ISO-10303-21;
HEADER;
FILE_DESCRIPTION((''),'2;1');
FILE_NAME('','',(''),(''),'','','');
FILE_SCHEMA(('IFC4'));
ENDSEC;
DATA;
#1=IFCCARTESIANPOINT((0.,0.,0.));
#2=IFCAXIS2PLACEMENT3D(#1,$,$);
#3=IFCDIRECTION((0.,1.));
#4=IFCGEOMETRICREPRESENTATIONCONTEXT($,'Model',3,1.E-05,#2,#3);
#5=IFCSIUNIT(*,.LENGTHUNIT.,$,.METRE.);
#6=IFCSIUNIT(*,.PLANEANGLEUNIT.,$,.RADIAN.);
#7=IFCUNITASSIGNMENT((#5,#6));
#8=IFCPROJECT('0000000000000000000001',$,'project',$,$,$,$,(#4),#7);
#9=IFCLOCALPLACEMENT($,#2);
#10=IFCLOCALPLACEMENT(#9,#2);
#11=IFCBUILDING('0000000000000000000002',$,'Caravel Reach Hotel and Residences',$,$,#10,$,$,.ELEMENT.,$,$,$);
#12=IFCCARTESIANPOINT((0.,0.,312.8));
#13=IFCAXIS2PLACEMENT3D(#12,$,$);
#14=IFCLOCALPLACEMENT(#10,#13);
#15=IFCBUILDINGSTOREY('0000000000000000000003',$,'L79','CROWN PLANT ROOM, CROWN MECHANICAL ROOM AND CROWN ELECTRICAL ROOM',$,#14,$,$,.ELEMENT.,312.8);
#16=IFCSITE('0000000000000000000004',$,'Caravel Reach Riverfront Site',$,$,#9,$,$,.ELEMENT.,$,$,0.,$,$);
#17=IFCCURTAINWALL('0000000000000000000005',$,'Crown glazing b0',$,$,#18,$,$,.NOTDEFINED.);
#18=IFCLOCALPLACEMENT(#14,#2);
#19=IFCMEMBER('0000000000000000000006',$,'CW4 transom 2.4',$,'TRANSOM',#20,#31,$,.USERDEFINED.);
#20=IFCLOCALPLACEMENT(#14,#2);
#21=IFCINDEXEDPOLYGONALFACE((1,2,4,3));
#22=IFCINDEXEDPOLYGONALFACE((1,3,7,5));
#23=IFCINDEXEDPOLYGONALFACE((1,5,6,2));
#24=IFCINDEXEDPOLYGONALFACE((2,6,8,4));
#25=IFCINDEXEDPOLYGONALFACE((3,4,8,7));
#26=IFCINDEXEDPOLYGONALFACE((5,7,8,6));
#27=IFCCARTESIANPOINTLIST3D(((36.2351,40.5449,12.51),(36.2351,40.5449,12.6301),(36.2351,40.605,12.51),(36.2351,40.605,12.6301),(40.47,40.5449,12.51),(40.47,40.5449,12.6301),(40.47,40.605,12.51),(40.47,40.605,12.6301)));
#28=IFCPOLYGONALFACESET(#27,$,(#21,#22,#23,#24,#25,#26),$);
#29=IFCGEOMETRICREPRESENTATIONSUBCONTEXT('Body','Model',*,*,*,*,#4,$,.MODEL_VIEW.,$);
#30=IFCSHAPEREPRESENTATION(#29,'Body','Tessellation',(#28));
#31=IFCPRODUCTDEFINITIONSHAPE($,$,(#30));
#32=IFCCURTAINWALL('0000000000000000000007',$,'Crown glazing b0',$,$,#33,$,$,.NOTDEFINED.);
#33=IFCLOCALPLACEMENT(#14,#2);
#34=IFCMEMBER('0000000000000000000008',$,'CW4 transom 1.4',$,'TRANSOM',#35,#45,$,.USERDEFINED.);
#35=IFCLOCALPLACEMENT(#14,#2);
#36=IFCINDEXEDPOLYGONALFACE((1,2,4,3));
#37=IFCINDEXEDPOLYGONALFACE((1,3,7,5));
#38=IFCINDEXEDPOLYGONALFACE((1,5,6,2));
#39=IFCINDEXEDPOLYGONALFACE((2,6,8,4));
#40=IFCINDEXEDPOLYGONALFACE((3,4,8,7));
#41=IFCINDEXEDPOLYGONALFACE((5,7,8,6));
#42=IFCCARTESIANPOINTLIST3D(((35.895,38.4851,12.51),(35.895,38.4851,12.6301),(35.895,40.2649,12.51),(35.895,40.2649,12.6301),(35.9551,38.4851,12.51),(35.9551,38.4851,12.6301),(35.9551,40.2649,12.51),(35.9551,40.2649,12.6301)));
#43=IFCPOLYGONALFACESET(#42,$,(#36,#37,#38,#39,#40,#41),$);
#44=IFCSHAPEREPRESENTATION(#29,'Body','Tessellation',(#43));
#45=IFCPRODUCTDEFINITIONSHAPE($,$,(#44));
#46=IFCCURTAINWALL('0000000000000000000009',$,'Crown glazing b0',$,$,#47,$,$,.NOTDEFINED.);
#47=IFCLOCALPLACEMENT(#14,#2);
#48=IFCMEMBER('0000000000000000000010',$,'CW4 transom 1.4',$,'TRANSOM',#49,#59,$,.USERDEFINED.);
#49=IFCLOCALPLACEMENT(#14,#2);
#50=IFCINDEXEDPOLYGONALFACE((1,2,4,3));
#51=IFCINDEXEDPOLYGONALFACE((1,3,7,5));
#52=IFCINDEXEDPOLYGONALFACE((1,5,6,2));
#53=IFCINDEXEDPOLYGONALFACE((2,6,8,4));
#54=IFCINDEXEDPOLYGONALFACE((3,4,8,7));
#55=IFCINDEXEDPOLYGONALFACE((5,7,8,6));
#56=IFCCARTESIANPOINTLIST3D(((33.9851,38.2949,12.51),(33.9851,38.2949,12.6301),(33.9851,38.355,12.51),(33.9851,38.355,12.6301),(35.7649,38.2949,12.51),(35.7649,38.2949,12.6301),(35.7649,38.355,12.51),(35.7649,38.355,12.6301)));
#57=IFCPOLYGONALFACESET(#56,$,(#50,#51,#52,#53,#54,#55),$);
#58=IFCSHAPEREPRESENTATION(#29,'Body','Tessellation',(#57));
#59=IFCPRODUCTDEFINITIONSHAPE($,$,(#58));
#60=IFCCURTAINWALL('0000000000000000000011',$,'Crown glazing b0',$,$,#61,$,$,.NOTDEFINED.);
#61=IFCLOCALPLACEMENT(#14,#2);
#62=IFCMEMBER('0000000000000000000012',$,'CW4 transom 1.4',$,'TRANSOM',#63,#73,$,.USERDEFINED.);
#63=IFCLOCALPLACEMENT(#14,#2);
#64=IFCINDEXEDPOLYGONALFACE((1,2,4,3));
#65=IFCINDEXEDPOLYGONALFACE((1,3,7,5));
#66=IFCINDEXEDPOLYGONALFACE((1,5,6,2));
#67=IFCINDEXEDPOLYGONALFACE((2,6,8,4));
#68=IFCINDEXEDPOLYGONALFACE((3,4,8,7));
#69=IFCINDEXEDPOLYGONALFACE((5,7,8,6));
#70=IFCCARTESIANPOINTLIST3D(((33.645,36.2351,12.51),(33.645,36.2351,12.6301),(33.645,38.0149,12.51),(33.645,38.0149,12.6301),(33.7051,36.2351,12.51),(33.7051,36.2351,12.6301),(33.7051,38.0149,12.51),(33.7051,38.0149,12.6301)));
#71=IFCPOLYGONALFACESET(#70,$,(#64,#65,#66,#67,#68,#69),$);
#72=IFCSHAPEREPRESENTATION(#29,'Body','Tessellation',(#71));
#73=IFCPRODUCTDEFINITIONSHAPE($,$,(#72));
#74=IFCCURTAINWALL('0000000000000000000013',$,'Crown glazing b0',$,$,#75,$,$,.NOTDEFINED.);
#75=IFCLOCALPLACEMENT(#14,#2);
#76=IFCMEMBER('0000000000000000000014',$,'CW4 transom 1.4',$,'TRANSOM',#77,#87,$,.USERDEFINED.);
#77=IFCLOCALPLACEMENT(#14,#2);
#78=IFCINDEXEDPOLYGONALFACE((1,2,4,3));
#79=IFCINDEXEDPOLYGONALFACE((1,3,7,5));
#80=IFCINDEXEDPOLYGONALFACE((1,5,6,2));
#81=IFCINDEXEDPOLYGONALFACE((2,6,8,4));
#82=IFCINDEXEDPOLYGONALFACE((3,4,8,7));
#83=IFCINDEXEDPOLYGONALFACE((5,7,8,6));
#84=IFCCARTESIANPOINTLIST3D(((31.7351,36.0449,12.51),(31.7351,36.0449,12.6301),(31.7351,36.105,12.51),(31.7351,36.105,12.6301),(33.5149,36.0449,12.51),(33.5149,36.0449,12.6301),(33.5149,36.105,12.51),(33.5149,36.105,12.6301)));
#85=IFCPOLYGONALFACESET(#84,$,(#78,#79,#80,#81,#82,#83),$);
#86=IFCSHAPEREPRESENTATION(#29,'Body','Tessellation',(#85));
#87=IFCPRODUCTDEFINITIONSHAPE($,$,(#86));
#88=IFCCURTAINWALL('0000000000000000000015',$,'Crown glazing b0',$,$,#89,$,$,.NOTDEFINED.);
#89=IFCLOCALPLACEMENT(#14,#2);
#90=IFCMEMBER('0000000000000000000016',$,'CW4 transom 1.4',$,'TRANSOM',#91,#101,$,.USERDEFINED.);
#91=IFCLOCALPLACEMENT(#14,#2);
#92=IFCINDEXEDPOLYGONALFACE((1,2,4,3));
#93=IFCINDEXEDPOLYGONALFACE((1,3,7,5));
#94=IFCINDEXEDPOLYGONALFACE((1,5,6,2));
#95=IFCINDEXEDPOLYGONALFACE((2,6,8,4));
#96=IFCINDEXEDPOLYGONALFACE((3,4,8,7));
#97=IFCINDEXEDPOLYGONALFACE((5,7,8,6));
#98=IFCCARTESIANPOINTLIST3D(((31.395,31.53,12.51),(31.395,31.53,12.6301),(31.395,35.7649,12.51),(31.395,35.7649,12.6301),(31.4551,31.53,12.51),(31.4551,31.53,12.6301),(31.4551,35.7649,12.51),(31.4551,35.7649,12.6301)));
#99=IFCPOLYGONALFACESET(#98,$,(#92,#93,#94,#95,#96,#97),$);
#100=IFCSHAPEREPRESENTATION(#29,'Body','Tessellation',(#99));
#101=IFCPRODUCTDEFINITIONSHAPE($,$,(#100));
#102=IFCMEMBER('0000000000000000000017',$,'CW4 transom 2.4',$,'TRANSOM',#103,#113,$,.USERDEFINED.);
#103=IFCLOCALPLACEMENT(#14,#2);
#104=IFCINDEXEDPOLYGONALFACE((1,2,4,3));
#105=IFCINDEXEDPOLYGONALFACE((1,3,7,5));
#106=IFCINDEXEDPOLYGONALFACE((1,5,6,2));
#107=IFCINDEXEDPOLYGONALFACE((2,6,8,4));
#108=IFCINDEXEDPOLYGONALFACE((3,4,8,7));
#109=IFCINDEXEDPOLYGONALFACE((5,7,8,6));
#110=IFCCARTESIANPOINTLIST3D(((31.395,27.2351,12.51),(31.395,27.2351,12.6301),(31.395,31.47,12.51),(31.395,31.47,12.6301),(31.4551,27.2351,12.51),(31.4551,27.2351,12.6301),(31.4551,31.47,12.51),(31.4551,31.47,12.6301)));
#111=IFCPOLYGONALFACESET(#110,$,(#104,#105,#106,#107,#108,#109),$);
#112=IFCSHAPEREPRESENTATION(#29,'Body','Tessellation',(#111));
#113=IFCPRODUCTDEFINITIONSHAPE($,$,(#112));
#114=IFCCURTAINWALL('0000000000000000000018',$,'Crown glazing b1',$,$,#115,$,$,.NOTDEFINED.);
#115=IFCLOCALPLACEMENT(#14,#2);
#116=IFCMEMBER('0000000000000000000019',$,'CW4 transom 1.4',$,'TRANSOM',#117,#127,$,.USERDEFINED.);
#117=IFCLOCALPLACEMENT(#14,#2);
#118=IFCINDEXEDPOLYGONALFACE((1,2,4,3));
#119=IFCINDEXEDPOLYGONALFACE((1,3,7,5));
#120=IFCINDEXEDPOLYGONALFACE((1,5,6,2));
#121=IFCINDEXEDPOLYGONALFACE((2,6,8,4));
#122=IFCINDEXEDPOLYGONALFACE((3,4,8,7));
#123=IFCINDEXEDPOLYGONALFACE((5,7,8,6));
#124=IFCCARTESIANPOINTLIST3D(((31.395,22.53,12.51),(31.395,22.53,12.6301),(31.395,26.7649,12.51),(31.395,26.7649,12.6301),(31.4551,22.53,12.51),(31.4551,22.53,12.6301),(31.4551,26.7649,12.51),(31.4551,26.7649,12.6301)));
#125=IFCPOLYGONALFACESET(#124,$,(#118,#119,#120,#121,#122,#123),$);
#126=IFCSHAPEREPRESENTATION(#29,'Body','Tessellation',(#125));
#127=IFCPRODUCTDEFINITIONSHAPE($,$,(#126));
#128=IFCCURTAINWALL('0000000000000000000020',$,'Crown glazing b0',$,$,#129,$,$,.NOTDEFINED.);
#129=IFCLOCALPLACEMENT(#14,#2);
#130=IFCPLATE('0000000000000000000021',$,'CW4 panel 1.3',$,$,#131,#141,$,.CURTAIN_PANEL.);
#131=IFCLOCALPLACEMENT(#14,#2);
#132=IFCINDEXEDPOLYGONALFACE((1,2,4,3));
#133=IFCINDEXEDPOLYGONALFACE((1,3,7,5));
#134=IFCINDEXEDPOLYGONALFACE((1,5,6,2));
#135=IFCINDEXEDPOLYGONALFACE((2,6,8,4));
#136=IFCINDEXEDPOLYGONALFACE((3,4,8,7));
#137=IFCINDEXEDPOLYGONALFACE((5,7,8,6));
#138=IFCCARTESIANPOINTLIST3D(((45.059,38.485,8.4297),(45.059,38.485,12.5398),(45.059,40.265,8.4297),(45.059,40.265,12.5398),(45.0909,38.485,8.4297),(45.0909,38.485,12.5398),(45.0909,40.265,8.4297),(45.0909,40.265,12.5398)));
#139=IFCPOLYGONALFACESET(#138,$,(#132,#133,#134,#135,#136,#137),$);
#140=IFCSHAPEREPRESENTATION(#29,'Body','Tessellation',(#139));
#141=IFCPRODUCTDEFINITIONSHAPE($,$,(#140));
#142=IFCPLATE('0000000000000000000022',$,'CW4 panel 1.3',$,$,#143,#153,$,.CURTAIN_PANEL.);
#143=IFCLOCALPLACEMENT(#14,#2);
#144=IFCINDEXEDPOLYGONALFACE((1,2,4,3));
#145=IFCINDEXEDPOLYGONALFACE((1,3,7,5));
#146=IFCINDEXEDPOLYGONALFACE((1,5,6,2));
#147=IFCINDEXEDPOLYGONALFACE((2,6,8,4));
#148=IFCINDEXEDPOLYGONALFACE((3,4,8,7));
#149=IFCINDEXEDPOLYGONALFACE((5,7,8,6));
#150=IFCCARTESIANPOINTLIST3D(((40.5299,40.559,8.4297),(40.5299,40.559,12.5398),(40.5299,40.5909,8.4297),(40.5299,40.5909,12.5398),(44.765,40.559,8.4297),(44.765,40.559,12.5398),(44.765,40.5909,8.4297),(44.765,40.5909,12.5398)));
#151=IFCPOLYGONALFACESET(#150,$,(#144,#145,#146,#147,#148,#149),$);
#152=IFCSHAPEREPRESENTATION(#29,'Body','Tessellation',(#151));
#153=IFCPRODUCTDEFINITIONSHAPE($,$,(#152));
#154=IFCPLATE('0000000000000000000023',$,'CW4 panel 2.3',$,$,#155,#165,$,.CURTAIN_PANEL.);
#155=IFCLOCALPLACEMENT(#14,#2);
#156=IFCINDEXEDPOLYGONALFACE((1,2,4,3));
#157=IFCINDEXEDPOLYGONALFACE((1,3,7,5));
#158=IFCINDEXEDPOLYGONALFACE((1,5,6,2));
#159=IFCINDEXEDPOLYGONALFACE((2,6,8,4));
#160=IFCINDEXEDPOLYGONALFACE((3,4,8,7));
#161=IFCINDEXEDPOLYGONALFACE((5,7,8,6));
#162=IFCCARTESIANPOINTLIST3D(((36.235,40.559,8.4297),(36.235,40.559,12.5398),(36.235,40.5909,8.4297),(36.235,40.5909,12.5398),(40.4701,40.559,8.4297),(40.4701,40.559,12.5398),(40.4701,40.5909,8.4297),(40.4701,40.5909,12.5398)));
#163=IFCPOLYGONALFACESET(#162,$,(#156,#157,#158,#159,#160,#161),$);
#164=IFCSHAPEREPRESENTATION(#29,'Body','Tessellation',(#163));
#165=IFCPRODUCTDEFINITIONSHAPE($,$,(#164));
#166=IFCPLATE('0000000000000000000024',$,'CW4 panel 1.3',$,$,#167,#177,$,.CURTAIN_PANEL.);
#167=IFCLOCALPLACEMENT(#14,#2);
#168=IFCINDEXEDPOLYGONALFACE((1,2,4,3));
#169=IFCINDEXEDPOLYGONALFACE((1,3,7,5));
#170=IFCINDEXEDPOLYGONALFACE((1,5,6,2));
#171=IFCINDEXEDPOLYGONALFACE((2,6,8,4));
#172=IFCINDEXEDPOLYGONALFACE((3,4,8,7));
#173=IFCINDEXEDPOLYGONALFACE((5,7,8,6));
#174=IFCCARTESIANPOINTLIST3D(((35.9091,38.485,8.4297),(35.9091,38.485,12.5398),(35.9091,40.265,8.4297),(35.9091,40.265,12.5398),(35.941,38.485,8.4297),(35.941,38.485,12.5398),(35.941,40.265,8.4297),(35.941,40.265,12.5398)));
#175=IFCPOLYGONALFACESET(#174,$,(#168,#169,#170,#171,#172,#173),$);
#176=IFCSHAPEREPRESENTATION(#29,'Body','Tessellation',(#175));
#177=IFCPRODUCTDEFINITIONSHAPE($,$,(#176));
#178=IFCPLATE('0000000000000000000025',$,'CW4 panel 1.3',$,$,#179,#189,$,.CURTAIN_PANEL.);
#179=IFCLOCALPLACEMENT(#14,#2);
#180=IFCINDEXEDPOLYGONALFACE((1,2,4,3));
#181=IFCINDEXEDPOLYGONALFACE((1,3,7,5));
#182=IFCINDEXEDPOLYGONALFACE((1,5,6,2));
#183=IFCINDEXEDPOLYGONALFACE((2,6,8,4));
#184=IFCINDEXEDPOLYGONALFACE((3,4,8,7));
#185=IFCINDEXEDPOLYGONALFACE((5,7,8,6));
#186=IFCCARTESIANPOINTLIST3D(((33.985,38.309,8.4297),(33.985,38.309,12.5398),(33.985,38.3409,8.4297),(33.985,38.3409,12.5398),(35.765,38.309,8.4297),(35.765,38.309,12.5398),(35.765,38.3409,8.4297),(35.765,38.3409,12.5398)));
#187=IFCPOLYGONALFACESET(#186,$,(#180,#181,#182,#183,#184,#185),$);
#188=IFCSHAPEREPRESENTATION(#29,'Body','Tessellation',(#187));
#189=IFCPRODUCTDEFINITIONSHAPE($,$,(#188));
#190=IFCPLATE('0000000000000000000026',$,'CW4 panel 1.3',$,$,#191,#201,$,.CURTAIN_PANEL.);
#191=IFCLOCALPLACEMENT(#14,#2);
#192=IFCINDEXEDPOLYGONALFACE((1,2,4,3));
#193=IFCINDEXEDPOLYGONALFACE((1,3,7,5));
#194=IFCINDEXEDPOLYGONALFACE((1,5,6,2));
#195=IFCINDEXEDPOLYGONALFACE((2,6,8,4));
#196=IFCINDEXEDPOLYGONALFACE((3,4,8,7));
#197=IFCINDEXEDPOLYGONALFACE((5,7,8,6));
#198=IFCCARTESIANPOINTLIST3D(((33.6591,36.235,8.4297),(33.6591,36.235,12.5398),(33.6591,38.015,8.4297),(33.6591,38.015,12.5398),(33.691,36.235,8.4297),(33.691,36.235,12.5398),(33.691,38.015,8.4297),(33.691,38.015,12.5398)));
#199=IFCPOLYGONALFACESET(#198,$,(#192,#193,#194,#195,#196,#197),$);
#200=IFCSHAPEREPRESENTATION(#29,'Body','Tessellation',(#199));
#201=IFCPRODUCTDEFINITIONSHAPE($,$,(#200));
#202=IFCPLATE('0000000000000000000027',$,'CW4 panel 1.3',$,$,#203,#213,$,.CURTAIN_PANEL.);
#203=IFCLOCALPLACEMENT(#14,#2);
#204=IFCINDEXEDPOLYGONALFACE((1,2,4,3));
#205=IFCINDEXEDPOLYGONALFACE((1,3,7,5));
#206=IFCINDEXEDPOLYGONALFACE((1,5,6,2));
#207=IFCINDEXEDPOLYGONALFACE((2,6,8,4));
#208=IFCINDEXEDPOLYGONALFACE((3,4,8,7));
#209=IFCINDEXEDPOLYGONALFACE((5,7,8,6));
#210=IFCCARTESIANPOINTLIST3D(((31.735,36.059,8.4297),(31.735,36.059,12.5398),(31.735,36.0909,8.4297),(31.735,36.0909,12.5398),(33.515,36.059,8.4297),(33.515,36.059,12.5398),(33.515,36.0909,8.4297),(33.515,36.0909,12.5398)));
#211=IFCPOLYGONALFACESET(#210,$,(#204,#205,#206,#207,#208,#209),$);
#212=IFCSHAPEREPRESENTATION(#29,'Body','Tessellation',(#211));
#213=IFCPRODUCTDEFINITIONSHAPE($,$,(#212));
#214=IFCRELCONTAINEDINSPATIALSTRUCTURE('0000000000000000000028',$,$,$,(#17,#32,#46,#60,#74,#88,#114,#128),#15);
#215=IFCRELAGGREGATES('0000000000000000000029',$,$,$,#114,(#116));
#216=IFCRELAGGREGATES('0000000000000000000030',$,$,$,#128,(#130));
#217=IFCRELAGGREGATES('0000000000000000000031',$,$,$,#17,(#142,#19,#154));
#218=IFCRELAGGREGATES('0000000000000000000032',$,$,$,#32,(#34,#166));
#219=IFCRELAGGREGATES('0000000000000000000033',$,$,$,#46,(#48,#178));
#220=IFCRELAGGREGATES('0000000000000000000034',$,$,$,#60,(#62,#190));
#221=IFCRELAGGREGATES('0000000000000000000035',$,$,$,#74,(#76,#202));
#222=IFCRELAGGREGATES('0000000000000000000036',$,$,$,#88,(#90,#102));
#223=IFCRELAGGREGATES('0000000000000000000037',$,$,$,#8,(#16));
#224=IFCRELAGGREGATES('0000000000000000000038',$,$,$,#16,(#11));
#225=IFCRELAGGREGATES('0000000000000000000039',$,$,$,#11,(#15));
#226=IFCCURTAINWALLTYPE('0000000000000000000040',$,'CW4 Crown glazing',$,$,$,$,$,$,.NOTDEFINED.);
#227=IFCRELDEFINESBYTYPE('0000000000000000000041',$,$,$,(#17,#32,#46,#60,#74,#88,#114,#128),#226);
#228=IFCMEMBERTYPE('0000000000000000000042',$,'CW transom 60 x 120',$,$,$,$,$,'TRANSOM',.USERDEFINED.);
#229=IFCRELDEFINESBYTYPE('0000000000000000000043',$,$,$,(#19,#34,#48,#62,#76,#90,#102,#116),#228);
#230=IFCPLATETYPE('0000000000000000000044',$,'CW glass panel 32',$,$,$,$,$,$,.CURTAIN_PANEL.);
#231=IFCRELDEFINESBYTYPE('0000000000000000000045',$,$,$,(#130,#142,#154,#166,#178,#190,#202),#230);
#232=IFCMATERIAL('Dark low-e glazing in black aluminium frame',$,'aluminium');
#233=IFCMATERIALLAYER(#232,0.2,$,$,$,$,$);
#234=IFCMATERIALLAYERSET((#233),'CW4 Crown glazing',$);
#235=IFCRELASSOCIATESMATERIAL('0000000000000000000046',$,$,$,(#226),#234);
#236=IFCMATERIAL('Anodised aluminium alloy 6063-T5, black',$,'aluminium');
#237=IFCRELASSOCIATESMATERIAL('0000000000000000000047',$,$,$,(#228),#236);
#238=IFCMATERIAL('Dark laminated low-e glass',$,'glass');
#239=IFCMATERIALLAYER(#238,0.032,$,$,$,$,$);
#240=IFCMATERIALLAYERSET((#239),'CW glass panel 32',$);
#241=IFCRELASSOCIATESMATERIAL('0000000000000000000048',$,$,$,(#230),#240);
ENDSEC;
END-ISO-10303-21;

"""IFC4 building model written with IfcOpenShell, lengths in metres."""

from ifc_helpers import new_model, si_unit, direction, frame, origin, origin_2d, place, context, subcontext, project, spatial, rectangle, extrude, material, layer, layer_set, material_profile, profile_set, type_object, element, aggregate, save


model = new_model("IFC4")

# Units and contexts
model_context = context("Model", 3, precision=1e-05, world=origin(), true_north=direction((0.0, 1.0)))
body_context = subcontext(model_context, "Body", "Model", "MODEL_VIEW")
ifc_project = project(units=[si_unit("LENGTHUNIT", "METRE"), si_unit("PLANEANGLEUNIT", "RADIAN")], contexts=[model_context])

# Site, building, storey
site_placement = place(None, origin())
site = spatial("IfcSite", under=ifc_project, at=site_placement, Name="Caravel Reach Riverfront Site", CompositionType="ELEMENT", RefElevation=0.0)
building_placement = place(site_placement, origin())
building = spatial("IfcBuilding", under=site, at=building_placement, Name="Caravel Reach Hotel and Residences", CompositionType="ELEMENT")
storey_placement = place(building_placement, frame((0.0, 0.0, 312.8)))
storey = spatial("IfcBuildingStorey", under=building, at=storey_placement, Name="L79", Description="CROWN PLANT ROOM, CROWN MECHANICAL ROOM AND CROWN ELECTRICAL ROOM", CompositionType="ELEMENT", Elevation=312.8)

# Curtain wall, member
ifc_material_1 = material(Name="Dark low-e glazing in black aluminium frame", Category="aluminium")
ifc_layer_1 = layer(ifc_material_1, 0.2)
ifc_layer_set_1 = layer_set([ifc_layer_1], Name="CW4 Crown glazing")
curtain_wall_type = type_object("IfcCurtainWallType", Name="CW4 Crown glazing", PredefinedType="NOTDEFINED", material=ifc_layer_set_1)
curtain_wall_1_placement = place(storey_placement, origin())
curtain_wall_1 = element("IfcCurtainWall", 1, at=curtain_wall_1_placement, inside=storey, type_object=curtain_wall_type, Name="Crown glazing b0", PredefinedType="NOTDEFINED")
ifc_material_2 = material(Name="Anodised aluminium alloy 6063-T5, black", Category="aluminium")
ifc_material_profile_1 = material_profile(ifc_material_2, rectangle(XDim=0.0601, YDim=0.1201, at=origin_2d()), Name="CW transom 60 x 120")
ifc_profile_set_1 = profile_set([ifc_material_profile_1], Name="Anodised aluminium alloy 6063-T5, black")
member_type = type_object("IfcMemberType", Name="CW transom 60 x 120", ElementType="TRANSOM", PredefinedType="USERDEFINED", material=ifc_profile_set_1)
member_1_placement = place(storey_placement, frame((40.47, 40.575, 12.5701), z_axis=(-1.0, 0.0, 0.0), x_axis=(0.0, -1.0, 0.0)))
member_1 = element("IfcMember", 2, at=member_1_placement, type_object=member_type, Name="CW4 transom 2.4", ObjectType="TRANSOM", PredefinedType="USERDEFINED", context=body_context, shape_type="SweptSolid", body=[
    extrude(rectangle(XDim=0.0601, YDim=0.1201, at=origin_2d()), origin(), (0.0, 0.0, 1.0), 4.2349),
])

# Curtain walls, members
curtain_wall_2_placement = place(storey_placement, origin())
curtain_wall_2 = element("IfcCurtainWall", 3, at=curtain_wall_2_placement, inside=storey, type_object=curtain_wall_type, Name="Crown glazing b0", PredefinedType="NOTDEFINED")
member_2_placement = place(storey_placement, frame((35.925, 40.2649, 12.5701), z_axis=(0.0, -1.0, 0.0), x_axis=(1.0, 0.0, 0.0)))
member_2 = element("IfcMember", 4, at=member_2_placement, type_object=member_type, Name="CW4 transom 1.4", ObjectType="TRANSOM", PredefinedType="USERDEFINED", context=body_context, shape_type="SweptSolid", body=[
    extrude(rectangle(XDim=0.0601, YDim=0.1201, at=origin_2d()), origin(), (0.0, 0.0, 1.0), 1.7798),
])
curtain_wall_3_placement = place(storey_placement, origin())
curtain_wall_3 = element("IfcCurtainWall", 5, at=curtain_wall_3_placement, inside=storey, type_object=curtain_wall_type, Name="Crown glazing b0", PredefinedType="NOTDEFINED")
member_3_placement = place(storey_placement, frame((35.7649, 38.325, 12.5701), z_axis=(-1.0, 0.0, 0.0), x_axis=(0.0, -1.0, 0.0)))
member_3 = element("IfcMember", 6, at=member_3_placement, type_object=member_type, Name="CW4 transom 1.4", ObjectType="TRANSOM", PredefinedType="USERDEFINED", context=body_context, shape_type="SweptSolid", body=[
    extrude(rectangle(XDim=0.0601, YDim=0.1201, at=origin_2d()), origin(), (0.0, 0.0, 1.0), 1.7798),
])
curtain_wall_4_placement = place(storey_placement, origin())
curtain_wall_4 = element("IfcCurtainWall", 7, at=curtain_wall_4_placement, inside=storey, type_object=curtain_wall_type, Name="Crown glazing b0", PredefinedType="NOTDEFINED")
member_4_placement = place(storey_placement, frame((33.675, 38.0149, 12.5701), z_axis=(0.0, -1.0, 0.0), x_axis=(1.0, 0.0, 0.0)))
member_4 = element("IfcMember", 8, at=member_4_placement, type_object=member_type, Name="CW4 transom 1.4", ObjectType="TRANSOM", PredefinedType="USERDEFINED", context=body_context, shape_type="SweptSolid", body=[
    extrude(rectangle(XDim=0.0601, YDim=0.1201, at=origin_2d()), origin(), (0.0, 0.0, 1.0), 1.7798),
])
curtain_wall_5_placement = place(storey_placement, origin())
curtain_wall_5 = element("IfcCurtainWall", 9, at=curtain_wall_5_placement, inside=storey, type_object=curtain_wall_type, Name="Crown glazing b0", PredefinedType="NOTDEFINED")
member_5_placement = place(storey_placement, frame((33.5149, 36.075, 12.5701), z_axis=(-1.0, 0.0, 0.0), x_axis=(0.0, -1.0, 0.0)))
member_5 = element("IfcMember", 10, at=member_5_placement, type_object=member_type, Name="CW4 transom 1.4", ObjectType="TRANSOM", PredefinedType="USERDEFINED", context=body_context, shape_type="SweptSolid", body=[
    extrude(rectangle(XDim=0.0601, YDim=0.1201, at=origin_2d()), origin(), (0.0, 0.0, 1.0), 1.7798),
])

# Curtain wall, members
curtain_wall_6_placement = place(storey_placement, origin())
curtain_wall_6 = element("IfcCurtainWall", 11, at=curtain_wall_6_placement, inside=storey, type_object=curtain_wall_type, Name="Crown glazing b0", PredefinedType="NOTDEFINED")
member_6_placement = place(storey_placement, frame((31.425, 35.7649, 12.5701), z_axis=(0.0, -1.0, 0.0), x_axis=(1.0, 0.0, 0.0)))
member_6 = element("IfcMember", 12, at=member_6_placement, type_object=member_type, Name="CW4 transom 1.4", ObjectType="TRANSOM", PredefinedType="USERDEFINED", context=body_context, shape_type="SweptSolid", body=[
    extrude(rectangle(XDim=0.0601, YDim=0.1201, at=origin_2d()), origin(), (0.0, 0.0, 1.0), 4.2349),
])
member_7_placement = place(storey_placement, frame((31.425, 31.47, 12.5701), z_axis=(0.0, -1.0, 0.0), x_axis=(1.0, 0.0, 0.0)))
member_7 = element("IfcMember", 13, at=member_7_placement, type_object=member_type, Name="CW4 transom 2.4", ObjectType="TRANSOM", PredefinedType="USERDEFINED", context=body_context, shape_type="SweptSolid", body=[
    extrude(rectangle(XDim=0.0601, YDim=0.1201, at=origin_2d()), origin(), (0.0, 0.0, 1.0), 4.2349),
])

# Curtain wall, member
curtain_wall_7_placement = place(storey_placement, origin())
curtain_wall_7 = element("IfcCurtainWall", 14, at=curtain_wall_7_placement, inside=storey, type_object=curtain_wall_type, Name="Crown glazing b1", PredefinedType="NOTDEFINED")
member_8_placement = place(storey_placement, frame((31.425, 26.7649, 12.5701), z_axis=(0.0, -1.0, 0.0), x_axis=(1.0, 0.0, 0.0)))
member_8 = element("IfcMember", 15, at=member_8_placement, type_object=member_type, Name="CW4 transom 1.4", ObjectType="TRANSOM", PredefinedType="USERDEFINED", context=body_context, shape_type="SweptSolid", body=[
    extrude(rectangle(XDim=0.0601, YDim=0.1201, at=origin_2d()), origin(), (0.0, 0.0, 1.0), 4.2349),
])
aggregate(curtain_wall_7, [member_8])

# Curtain wall, plate
curtain_wall_8_placement = place(storey_placement, origin())
curtain_wall_8 = element("IfcCurtainWall", 16, at=curtain_wall_8_placement, inside=storey, type_object=curtain_wall_type, Name="Crown glazing b0", PredefinedType="NOTDEFINED")
ifc_material_3 = material(Name="Dark laminated low-e glass", Category="glass")
ifc_layer_2 = layer(ifc_material_3, 0.032)
ifc_layer_set_2 = layer_set([ifc_layer_2], Name="CW glass panel 32")
plate_type = type_object("IfcPlateType", Name="CW glass panel 32", PredefinedType="CURTAIN_PANEL", material=ifc_layer_set_2)
plate_1_placement = place(storey_placement, frame((45.075, 39.375, 8.4297), z_axis=(0.0, 0.0, 1.0), x_axis=(0.0, 1.0, 0.0)))
plate_1 = element("IfcPlate", 17, at=plate_1_placement, type_object=plate_type, Name="CW4 panel 1.3", PredefinedType="CURTAIN_PANEL", context=body_context, shape_type="SweptSolid", body=[
    extrude(rectangle(XDim=1.78, YDim=0.032, at=origin_2d()), origin(), (0.0, 0.0, 1.0), 4.1101),
])
aggregate(curtain_wall_8, [plate_1])

# Plates
plate_2_placement = place(storey_placement, frame((42.6475, 40.575, 8.4297), z_axis=(0.0, 0.0, 1.0), x_axis=(-1.0, 0.0, 0.0)))
plate_2 = element("IfcPlate", 18, at=plate_2_placement, type_object=plate_type, Name="CW4 panel 1.3", PredefinedType="CURTAIN_PANEL", context=body_context, shape_type="SweptSolid", body=[
    extrude(rectangle(XDim=4.2351, YDim=0.032, at=origin_2d()), origin(), (0.0, 0.0, 1.0), 4.1101),
])
plate_3_placement = place(storey_placement, frame((38.3525, 40.575, 8.4297), z_axis=(0.0, 0.0, 1.0), x_axis=(-1.0, 0.0, 0.0)))
plate_3 = element("IfcPlate", 19, at=plate_3_placement, type_object=plate_type, Name="CW4 panel 2.3", PredefinedType="CURTAIN_PANEL", context=body_context, shape_type="SweptSolid", body=[
    extrude(rectangle(XDim=4.2351, YDim=0.032, at=origin_2d()), origin(), (0.0, 0.0, 1.0), 4.1101),
])
aggregate(curtain_wall_1, [plate_2, member_1, plate_3])
plate_4_placement = place(storey_placement, frame((35.925, 39.375, 8.4297), z_axis=(0.0, 0.0, 1.0), x_axis=(0.0, -1.0, 0.0)))
plate_4 = element("IfcPlate", 20, at=plate_4_placement, type_object=plate_type, Name="CW4 panel 1.3", PredefinedType="CURTAIN_PANEL", context=body_context, shape_type="SweptSolid", body=[
    extrude(rectangle(XDim=1.78, YDim=0.032, at=origin_2d()), origin(), (0.0, 0.0, 1.0), 4.1101),
])
aggregate(curtain_wall_2, [member_2, plate_4])
plate_5_placement = place(storey_placement, frame((34.875, 38.325, 8.4297), z_axis=(0.0, 0.0, 1.0), x_axis=(-1.0, 0.0, 0.0)))
plate_5 = element("IfcPlate", 21, at=plate_5_placement, type_object=plate_type, Name="CW4 panel 1.3", PredefinedType="CURTAIN_PANEL", context=body_context, shape_type="SweptSolid", body=[
    extrude(rectangle(XDim=1.78, YDim=0.032, at=origin_2d()), origin(), (0.0, 0.0, 1.0), 4.1101),
])
aggregate(curtain_wall_3, [member_3, plate_5])
plate_6_placement = place(storey_placement, frame((33.675, 37.125, 8.4297), z_axis=(0.0, 0.0, 1.0), x_axis=(0.0, -1.0, 0.0)))
plate_6 = element("IfcPlate", 22, at=plate_6_placement, type_object=plate_type, Name="CW4 panel 1.3", PredefinedType="CURTAIN_PANEL", context=body_context, shape_type="SweptSolid", body=[
    extrude(rectangle(XDim=1.78, YDim=0.032, at=origin_2d()), origin(), (0.0, 0.0, 1.0), 4.1101),
])
aggregate(curtain_wall_4, [member_4, plate_6])
plate_7_placement = place(storey_placement, frame((32.625, 36.075, 8.4297), z_axis=(0.0, 0.0, 1.0), x_axis=(-1.0, 0.0, 0.0)))
plate_7 = element("IfcPlate", 23, at=plate_7_placement, type_object=plate_type, Name="CW4 panel 1.3", PredefinedType="CURTAIN_PANEL", context=body_context, shape_type="SweptSolid", body=[
    extrude(rectangle(XDim=1.78, YDim=0.032, at=origin_2d()), origin(), (0.0, 0.0, 1.0), 4.1101),
])
aggregate(curtain_wall_5, [member_5, plate_7])
aggregate(curtain_wall_6, [member_6, member_7])

save(model, "model.ifc")
